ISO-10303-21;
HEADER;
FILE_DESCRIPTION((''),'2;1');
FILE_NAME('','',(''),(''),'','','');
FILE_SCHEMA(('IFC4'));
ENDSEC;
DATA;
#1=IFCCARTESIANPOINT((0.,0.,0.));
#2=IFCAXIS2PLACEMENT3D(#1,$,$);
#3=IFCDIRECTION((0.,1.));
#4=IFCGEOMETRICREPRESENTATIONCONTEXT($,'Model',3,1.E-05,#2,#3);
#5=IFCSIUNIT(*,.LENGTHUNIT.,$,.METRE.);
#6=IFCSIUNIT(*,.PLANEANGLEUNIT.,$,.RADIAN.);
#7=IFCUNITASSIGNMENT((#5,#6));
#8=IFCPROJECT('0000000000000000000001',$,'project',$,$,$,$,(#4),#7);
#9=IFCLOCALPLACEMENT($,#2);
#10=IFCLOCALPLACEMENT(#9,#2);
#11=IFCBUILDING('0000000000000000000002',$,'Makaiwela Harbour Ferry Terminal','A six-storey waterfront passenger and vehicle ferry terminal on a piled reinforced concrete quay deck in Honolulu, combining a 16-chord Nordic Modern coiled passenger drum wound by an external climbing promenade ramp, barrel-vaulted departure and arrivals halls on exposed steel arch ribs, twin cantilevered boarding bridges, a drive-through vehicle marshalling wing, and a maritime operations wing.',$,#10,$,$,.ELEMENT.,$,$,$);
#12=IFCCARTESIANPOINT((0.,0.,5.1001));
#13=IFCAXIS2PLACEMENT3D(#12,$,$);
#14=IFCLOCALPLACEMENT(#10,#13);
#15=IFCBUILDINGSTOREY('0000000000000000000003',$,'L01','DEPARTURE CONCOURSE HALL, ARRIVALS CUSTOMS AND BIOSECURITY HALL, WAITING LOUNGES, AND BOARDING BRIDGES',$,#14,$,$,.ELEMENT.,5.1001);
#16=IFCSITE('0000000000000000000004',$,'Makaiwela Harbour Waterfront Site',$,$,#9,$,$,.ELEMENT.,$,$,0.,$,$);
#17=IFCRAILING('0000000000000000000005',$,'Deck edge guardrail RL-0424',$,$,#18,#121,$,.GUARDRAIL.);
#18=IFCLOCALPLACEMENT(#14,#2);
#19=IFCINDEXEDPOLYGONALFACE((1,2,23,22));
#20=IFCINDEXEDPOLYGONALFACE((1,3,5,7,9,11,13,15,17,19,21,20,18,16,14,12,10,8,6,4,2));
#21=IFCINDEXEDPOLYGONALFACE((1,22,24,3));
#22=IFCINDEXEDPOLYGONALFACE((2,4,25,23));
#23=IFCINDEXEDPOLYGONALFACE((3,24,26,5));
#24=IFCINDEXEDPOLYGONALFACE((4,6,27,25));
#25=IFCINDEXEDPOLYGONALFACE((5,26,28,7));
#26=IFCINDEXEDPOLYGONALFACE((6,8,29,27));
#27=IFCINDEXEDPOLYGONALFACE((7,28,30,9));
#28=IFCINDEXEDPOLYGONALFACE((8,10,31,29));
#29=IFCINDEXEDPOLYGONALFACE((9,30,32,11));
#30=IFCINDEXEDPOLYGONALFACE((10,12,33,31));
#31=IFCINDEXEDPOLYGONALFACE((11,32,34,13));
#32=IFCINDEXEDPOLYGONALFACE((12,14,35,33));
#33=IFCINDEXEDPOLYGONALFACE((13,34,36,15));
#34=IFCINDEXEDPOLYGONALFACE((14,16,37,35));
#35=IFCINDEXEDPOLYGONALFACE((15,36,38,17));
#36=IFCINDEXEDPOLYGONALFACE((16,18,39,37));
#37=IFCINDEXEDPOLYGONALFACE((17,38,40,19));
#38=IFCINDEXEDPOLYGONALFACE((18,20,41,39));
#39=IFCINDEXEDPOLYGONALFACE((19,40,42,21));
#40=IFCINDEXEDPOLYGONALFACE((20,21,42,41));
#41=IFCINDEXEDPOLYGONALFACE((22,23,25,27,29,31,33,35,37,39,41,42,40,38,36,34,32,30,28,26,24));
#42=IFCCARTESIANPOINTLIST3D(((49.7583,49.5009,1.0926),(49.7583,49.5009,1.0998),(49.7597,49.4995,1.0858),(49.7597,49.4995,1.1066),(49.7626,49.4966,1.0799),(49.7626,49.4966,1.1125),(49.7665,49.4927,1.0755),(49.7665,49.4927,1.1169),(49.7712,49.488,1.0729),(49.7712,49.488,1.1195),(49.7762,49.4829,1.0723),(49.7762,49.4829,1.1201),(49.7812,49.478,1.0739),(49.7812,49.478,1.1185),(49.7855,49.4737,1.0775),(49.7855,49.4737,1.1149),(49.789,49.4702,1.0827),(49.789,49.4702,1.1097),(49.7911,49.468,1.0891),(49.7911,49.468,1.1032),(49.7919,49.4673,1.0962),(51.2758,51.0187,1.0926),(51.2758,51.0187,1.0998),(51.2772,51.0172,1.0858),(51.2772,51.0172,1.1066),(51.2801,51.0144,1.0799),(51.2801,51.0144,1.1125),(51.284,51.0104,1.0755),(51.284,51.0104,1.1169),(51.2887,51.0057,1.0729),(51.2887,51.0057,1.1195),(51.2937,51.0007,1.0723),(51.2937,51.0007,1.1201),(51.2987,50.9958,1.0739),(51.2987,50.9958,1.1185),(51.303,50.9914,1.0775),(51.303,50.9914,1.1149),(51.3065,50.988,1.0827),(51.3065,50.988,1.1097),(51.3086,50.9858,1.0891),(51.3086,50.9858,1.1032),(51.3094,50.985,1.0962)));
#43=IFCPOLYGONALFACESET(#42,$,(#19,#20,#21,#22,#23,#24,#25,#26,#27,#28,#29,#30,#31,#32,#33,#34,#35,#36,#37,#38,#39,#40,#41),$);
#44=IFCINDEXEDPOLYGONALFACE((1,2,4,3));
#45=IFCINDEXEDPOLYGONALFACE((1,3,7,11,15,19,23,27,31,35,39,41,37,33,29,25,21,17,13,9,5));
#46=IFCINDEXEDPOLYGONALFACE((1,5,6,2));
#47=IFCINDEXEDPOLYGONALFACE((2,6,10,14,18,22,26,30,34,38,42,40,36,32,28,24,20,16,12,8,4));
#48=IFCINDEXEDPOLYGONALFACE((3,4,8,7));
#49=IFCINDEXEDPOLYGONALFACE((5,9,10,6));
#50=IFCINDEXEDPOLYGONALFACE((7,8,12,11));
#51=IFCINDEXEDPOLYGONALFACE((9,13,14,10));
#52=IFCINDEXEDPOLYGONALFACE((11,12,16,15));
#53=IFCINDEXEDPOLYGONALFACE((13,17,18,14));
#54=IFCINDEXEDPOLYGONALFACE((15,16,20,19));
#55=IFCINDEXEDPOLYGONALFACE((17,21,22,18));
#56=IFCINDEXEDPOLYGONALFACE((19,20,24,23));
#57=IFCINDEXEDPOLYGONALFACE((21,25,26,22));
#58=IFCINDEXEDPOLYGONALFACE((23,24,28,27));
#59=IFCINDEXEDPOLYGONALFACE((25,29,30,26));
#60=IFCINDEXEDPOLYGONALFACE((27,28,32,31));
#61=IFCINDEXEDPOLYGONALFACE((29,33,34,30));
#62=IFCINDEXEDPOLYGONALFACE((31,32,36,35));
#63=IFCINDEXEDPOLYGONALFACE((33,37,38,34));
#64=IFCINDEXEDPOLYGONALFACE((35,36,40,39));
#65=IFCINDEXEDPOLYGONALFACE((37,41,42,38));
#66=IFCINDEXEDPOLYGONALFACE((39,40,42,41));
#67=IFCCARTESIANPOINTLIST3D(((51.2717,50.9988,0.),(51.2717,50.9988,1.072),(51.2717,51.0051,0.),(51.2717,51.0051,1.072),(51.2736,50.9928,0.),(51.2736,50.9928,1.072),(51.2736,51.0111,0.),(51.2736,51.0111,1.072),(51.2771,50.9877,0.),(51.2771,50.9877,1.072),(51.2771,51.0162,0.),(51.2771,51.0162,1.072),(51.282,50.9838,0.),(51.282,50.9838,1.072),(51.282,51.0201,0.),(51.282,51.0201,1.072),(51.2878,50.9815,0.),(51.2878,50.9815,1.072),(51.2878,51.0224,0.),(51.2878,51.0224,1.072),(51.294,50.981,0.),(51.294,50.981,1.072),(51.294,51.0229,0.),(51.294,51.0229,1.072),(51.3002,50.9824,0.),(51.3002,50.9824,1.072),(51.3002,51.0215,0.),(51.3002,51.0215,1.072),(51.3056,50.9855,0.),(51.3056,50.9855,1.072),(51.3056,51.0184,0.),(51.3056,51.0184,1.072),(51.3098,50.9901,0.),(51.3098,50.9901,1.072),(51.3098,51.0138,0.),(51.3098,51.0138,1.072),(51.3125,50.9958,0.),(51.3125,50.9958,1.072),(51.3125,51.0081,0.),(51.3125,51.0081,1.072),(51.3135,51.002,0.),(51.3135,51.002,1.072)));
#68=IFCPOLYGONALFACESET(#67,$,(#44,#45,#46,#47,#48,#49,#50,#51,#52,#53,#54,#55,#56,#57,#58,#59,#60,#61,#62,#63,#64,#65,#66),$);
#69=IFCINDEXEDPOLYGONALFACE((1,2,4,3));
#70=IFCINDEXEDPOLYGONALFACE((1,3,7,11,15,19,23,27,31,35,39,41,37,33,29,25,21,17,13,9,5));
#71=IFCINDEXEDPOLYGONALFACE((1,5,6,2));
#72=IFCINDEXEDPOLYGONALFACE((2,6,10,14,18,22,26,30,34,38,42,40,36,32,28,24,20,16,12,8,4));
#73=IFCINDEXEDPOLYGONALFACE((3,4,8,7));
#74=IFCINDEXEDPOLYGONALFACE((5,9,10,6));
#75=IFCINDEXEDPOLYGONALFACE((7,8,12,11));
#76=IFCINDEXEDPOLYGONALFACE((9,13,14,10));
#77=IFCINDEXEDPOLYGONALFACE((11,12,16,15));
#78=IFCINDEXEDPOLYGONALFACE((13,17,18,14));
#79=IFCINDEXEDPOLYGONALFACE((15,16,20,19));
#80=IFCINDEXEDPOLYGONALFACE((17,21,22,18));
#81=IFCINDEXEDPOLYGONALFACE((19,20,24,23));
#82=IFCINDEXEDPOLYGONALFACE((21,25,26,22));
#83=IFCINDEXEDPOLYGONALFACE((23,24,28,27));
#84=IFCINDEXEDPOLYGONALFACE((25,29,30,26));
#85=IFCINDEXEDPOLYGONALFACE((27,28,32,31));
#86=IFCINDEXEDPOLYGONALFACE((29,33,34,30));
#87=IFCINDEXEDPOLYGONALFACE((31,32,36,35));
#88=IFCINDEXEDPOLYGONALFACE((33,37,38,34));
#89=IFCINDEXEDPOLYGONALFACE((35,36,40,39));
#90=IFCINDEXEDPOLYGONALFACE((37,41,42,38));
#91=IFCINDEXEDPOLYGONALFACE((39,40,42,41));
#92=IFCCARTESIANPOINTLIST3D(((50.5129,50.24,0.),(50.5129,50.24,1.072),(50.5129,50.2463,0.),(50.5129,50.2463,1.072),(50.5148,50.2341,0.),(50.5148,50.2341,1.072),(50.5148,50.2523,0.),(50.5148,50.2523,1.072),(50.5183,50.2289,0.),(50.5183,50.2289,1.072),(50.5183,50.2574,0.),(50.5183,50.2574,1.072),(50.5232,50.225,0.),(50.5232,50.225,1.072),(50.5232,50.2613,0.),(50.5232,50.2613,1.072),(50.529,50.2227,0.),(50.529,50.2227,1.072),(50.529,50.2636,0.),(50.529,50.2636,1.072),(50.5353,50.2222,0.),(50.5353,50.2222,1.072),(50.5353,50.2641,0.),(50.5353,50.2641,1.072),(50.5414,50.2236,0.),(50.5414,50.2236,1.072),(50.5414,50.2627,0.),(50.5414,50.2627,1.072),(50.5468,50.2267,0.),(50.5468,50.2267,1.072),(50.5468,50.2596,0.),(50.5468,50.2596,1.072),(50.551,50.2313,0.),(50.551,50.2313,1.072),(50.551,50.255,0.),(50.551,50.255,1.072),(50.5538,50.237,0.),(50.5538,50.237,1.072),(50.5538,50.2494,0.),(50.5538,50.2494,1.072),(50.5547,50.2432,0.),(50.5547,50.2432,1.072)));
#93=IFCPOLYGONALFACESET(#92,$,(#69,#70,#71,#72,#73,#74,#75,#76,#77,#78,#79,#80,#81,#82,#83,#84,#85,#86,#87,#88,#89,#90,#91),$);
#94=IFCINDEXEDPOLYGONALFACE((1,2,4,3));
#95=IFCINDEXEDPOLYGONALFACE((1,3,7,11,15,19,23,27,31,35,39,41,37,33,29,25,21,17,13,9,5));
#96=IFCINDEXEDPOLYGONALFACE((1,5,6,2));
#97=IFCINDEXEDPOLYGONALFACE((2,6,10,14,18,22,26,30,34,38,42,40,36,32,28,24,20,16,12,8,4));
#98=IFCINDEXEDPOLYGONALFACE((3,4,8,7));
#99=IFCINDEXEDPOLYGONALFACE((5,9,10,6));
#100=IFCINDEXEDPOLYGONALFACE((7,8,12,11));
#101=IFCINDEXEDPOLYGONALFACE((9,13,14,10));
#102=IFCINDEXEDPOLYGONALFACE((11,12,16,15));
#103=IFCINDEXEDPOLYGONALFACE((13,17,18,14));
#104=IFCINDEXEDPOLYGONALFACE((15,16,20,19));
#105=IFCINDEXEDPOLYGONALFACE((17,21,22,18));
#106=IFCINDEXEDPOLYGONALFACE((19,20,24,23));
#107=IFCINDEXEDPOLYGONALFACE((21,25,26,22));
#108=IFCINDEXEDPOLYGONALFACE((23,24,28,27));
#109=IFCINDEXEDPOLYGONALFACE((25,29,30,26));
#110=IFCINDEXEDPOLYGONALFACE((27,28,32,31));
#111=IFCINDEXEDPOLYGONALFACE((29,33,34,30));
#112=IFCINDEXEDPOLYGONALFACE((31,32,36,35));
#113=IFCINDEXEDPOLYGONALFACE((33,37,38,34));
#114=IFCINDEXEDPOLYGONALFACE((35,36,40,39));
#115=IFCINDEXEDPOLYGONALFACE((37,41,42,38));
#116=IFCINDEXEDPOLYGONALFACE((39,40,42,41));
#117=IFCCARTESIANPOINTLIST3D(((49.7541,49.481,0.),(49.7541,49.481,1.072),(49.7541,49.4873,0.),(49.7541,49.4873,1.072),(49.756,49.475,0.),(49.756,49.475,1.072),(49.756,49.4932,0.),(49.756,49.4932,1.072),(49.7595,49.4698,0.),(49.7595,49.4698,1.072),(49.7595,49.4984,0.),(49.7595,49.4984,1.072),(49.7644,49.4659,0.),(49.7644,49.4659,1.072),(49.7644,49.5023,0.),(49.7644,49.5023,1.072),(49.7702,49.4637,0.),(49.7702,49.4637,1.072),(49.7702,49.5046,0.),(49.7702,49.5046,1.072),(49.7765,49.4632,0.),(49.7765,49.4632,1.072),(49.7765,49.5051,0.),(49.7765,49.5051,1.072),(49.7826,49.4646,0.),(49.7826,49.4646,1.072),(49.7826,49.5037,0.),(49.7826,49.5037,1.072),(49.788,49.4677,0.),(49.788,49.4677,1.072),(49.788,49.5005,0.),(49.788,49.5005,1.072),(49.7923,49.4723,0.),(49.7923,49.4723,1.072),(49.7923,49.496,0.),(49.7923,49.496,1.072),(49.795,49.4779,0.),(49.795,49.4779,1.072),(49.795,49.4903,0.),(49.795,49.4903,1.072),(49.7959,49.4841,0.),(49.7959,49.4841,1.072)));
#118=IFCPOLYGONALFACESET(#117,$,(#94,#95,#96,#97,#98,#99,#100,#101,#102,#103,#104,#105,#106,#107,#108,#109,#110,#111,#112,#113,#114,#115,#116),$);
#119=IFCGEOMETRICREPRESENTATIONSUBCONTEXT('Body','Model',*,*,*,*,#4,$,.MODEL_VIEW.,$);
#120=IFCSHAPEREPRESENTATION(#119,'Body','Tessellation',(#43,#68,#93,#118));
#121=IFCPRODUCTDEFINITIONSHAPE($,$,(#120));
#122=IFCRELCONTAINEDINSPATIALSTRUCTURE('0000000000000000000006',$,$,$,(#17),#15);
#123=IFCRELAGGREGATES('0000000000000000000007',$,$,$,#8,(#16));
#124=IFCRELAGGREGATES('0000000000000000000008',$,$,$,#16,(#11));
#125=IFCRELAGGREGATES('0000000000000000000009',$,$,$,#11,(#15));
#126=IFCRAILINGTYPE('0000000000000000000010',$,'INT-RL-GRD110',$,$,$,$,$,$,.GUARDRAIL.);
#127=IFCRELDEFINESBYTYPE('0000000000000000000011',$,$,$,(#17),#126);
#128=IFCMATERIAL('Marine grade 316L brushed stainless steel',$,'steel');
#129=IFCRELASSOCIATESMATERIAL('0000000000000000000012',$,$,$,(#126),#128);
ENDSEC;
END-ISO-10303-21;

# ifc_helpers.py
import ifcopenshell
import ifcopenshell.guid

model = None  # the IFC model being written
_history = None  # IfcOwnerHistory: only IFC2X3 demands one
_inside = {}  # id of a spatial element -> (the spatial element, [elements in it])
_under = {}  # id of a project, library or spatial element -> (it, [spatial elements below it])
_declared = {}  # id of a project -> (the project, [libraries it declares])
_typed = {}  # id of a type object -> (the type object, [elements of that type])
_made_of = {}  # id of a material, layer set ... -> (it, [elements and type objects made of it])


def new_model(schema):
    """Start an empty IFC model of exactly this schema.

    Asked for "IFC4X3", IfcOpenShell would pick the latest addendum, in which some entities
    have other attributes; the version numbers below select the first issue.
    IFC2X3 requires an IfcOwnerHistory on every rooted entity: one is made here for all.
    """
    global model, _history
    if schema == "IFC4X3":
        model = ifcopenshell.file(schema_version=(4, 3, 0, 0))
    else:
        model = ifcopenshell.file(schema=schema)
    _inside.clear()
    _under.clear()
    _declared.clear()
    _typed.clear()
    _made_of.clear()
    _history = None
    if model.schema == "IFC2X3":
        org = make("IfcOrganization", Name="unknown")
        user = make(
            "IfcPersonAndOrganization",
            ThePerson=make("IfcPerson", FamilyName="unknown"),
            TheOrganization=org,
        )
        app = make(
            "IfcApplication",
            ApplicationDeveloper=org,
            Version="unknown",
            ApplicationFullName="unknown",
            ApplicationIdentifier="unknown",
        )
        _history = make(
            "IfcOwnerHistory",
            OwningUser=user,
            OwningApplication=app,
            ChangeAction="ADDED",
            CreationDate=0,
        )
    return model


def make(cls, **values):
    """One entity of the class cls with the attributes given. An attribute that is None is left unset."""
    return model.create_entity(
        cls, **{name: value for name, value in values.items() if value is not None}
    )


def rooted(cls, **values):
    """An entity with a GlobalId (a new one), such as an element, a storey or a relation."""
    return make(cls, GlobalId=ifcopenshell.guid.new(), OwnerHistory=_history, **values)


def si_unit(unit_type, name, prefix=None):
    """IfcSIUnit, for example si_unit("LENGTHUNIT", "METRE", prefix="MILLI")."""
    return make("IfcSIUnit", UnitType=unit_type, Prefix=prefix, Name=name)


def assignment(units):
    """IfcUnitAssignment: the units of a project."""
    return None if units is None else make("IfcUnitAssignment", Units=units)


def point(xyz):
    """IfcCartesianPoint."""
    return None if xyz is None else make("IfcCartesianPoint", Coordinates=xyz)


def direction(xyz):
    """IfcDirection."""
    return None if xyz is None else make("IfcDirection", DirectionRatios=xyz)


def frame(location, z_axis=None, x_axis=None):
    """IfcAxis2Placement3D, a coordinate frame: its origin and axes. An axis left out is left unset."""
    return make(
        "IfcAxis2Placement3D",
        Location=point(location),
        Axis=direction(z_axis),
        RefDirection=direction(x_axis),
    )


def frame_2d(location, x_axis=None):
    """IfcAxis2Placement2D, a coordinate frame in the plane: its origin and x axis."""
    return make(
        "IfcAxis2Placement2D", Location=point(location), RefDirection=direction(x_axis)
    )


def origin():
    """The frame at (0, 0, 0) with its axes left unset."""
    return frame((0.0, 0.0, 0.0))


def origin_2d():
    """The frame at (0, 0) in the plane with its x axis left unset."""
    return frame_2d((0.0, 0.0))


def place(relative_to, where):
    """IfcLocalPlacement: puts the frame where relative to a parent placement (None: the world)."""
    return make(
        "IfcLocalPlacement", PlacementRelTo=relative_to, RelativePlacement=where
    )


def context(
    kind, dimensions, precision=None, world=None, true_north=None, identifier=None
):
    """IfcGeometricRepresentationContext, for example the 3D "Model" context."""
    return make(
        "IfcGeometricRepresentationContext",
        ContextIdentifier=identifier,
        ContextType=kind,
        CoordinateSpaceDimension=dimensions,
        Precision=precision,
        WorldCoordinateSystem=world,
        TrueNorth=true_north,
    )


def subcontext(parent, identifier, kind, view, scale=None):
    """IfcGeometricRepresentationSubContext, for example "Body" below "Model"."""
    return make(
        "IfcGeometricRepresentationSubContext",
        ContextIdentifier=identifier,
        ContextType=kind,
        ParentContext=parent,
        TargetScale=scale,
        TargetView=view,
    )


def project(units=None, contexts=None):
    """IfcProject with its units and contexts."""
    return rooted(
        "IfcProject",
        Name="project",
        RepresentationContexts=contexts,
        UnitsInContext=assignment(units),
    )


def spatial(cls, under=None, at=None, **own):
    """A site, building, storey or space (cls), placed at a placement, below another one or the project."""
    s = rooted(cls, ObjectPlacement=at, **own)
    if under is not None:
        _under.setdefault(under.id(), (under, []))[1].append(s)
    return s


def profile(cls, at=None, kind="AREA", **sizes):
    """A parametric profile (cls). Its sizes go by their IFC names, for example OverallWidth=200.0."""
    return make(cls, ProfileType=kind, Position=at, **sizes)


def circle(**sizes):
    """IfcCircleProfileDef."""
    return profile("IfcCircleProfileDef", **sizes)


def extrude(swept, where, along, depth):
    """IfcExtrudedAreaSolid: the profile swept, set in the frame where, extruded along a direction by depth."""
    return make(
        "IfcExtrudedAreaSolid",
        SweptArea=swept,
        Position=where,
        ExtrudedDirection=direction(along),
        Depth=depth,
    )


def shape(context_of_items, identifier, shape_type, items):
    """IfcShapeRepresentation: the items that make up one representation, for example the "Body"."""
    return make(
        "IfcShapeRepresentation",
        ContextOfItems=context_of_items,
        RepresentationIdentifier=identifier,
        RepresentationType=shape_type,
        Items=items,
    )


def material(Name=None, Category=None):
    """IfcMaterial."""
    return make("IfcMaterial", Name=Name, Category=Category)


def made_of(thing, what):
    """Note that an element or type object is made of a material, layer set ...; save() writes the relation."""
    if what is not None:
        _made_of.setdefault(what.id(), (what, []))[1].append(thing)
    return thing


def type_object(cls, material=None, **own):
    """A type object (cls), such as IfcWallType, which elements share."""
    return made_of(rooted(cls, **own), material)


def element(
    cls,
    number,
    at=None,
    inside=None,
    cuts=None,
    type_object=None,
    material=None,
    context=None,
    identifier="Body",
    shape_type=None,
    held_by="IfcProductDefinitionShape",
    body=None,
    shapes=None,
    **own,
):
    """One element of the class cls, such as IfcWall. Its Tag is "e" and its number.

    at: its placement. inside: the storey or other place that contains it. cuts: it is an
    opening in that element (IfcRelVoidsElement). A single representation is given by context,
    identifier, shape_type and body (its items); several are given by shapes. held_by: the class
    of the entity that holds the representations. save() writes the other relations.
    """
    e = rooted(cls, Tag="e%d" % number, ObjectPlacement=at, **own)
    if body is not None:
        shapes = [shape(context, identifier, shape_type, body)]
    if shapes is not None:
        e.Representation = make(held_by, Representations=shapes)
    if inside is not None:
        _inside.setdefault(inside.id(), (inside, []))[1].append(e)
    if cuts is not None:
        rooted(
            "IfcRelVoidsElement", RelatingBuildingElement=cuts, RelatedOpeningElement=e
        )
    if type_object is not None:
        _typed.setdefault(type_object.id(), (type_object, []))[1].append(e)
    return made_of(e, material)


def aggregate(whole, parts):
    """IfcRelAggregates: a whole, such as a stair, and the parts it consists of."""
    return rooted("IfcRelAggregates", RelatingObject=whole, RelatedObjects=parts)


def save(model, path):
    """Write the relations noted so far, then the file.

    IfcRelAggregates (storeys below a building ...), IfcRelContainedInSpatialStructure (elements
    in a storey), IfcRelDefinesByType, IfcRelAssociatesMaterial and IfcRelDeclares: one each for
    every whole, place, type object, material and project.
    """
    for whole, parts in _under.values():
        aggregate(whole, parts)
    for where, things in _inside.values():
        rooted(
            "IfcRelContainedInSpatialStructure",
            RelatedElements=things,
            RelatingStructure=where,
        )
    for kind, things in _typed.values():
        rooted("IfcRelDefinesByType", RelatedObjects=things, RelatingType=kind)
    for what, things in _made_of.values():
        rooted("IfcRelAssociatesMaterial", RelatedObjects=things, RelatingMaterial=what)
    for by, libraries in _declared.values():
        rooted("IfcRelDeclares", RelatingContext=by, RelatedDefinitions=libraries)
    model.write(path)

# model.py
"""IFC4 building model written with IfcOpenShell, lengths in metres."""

from ifc_helpers import new_model, si_unit, direction, frame, origin, origin_2d, place, context, subcontext, project, spatial, circle, extrude, material, type_object, element, save


model = new_model("IFC4")

# Units and contexts
model_context = context("Model", 3, precision=1e-05, world=origin(), true_north=direction((0.0, 1.0)))
body_context = subcontext(model_context, "Body", "Model", "MODEL_VIEW")
ifc_project = project(units=[si_unit("LENGTHUNIT", "METRE"), si_unit("PLANEANGLEUNIT", "RADIAN")], contexts=[model_context])

# Site, building, storey
site_placement = place(None, origin())
site = spatial("IfcSite", under=ifc_project, at=site_placement, Name="Makaiwela Harbour Waterfront Site", CompositionType="ELEMENT", RefElevation=0.0)
building_placement = place(site_placement, origin())
building = spatial("IfcBuilding", under=site, at=building_placement, Name="Makaiwela Harbour Ferry Terminal", Description="A six-storey waterfront passenger and vehicle ferry terminal on a piled reinforced concrete quay deck in Honolulu, combining a 16-chord Nordic Modern coiled passenger drum wound by an external climbing promenade ramp, barrel-vaulted departure and arrivals halls on exposed steel arch ribs, twin cantilevered boarding bridges, a drive-through vehicle marshalling wing, and a maritime operations wing.", CompositionType="ELEMENT")
storey_placement = place(building_placement, frame((0.0, 0.0, 5.1001)))
storey = spatial("IfcBuildingStorey", under=building, at=storey_placement, Name="L01", Description="DEPARTURE CONCOURSE HALL, ARRIVALS CUSTOMS AND BIOSECURITY HALL, WAITING LOUNGES, AND BOARDING BRIDGES", CompositionType="ELEMENT", Elevation=5.1001)

# Railing
ifc_material_1 = material(Name="Marine grade 316L brushed stainless steel", Category="steel")
railing_type = type_object("IfcRailingType", Name="INT-RL-GRD110", PredefinedType="GUARDRAIL", material=ifc_material_1)
railing_1_placement = place(storey_placement, frame((51.2925, 51.002, 0.0)))
element("IfcRailing", 1, at=railing_1_placement, inside=storey, type_object=railing_type, Name="Deck edge guardrail RL-0424", PredefinedType="GUARDRAIL", context=body_context, shape_type="SweptSolid", body=[
    extrude(circle(Radius=0.0239, at=origin_2d()), frame((0.0, 0.0, 1.0962), z_axis=(-0.70705, -0.707164, 0.0), x_axis=(0.707164, -0.70705, 0.0)), (0.0, 0.0, 1.0), 2.1462),
    extrude(circle(Radius=0.021, at=origin_2d()), origin(), (0.0, 0.0, 1.0), 1.072),
    extrude(circle(Radius=0.021, at=origin_2d()), frame((-0.7588, -0.7588, 0.0)), (0.0, 0.0, 1.0), 1.072),
    extrude(circle(Radius=0.021, at=origin_2d()), frame((-1.5176, -1.5178, 0.0)), (0.0, 0.0, 1.0), 1.072),
])

save(model, "model.ifc")
